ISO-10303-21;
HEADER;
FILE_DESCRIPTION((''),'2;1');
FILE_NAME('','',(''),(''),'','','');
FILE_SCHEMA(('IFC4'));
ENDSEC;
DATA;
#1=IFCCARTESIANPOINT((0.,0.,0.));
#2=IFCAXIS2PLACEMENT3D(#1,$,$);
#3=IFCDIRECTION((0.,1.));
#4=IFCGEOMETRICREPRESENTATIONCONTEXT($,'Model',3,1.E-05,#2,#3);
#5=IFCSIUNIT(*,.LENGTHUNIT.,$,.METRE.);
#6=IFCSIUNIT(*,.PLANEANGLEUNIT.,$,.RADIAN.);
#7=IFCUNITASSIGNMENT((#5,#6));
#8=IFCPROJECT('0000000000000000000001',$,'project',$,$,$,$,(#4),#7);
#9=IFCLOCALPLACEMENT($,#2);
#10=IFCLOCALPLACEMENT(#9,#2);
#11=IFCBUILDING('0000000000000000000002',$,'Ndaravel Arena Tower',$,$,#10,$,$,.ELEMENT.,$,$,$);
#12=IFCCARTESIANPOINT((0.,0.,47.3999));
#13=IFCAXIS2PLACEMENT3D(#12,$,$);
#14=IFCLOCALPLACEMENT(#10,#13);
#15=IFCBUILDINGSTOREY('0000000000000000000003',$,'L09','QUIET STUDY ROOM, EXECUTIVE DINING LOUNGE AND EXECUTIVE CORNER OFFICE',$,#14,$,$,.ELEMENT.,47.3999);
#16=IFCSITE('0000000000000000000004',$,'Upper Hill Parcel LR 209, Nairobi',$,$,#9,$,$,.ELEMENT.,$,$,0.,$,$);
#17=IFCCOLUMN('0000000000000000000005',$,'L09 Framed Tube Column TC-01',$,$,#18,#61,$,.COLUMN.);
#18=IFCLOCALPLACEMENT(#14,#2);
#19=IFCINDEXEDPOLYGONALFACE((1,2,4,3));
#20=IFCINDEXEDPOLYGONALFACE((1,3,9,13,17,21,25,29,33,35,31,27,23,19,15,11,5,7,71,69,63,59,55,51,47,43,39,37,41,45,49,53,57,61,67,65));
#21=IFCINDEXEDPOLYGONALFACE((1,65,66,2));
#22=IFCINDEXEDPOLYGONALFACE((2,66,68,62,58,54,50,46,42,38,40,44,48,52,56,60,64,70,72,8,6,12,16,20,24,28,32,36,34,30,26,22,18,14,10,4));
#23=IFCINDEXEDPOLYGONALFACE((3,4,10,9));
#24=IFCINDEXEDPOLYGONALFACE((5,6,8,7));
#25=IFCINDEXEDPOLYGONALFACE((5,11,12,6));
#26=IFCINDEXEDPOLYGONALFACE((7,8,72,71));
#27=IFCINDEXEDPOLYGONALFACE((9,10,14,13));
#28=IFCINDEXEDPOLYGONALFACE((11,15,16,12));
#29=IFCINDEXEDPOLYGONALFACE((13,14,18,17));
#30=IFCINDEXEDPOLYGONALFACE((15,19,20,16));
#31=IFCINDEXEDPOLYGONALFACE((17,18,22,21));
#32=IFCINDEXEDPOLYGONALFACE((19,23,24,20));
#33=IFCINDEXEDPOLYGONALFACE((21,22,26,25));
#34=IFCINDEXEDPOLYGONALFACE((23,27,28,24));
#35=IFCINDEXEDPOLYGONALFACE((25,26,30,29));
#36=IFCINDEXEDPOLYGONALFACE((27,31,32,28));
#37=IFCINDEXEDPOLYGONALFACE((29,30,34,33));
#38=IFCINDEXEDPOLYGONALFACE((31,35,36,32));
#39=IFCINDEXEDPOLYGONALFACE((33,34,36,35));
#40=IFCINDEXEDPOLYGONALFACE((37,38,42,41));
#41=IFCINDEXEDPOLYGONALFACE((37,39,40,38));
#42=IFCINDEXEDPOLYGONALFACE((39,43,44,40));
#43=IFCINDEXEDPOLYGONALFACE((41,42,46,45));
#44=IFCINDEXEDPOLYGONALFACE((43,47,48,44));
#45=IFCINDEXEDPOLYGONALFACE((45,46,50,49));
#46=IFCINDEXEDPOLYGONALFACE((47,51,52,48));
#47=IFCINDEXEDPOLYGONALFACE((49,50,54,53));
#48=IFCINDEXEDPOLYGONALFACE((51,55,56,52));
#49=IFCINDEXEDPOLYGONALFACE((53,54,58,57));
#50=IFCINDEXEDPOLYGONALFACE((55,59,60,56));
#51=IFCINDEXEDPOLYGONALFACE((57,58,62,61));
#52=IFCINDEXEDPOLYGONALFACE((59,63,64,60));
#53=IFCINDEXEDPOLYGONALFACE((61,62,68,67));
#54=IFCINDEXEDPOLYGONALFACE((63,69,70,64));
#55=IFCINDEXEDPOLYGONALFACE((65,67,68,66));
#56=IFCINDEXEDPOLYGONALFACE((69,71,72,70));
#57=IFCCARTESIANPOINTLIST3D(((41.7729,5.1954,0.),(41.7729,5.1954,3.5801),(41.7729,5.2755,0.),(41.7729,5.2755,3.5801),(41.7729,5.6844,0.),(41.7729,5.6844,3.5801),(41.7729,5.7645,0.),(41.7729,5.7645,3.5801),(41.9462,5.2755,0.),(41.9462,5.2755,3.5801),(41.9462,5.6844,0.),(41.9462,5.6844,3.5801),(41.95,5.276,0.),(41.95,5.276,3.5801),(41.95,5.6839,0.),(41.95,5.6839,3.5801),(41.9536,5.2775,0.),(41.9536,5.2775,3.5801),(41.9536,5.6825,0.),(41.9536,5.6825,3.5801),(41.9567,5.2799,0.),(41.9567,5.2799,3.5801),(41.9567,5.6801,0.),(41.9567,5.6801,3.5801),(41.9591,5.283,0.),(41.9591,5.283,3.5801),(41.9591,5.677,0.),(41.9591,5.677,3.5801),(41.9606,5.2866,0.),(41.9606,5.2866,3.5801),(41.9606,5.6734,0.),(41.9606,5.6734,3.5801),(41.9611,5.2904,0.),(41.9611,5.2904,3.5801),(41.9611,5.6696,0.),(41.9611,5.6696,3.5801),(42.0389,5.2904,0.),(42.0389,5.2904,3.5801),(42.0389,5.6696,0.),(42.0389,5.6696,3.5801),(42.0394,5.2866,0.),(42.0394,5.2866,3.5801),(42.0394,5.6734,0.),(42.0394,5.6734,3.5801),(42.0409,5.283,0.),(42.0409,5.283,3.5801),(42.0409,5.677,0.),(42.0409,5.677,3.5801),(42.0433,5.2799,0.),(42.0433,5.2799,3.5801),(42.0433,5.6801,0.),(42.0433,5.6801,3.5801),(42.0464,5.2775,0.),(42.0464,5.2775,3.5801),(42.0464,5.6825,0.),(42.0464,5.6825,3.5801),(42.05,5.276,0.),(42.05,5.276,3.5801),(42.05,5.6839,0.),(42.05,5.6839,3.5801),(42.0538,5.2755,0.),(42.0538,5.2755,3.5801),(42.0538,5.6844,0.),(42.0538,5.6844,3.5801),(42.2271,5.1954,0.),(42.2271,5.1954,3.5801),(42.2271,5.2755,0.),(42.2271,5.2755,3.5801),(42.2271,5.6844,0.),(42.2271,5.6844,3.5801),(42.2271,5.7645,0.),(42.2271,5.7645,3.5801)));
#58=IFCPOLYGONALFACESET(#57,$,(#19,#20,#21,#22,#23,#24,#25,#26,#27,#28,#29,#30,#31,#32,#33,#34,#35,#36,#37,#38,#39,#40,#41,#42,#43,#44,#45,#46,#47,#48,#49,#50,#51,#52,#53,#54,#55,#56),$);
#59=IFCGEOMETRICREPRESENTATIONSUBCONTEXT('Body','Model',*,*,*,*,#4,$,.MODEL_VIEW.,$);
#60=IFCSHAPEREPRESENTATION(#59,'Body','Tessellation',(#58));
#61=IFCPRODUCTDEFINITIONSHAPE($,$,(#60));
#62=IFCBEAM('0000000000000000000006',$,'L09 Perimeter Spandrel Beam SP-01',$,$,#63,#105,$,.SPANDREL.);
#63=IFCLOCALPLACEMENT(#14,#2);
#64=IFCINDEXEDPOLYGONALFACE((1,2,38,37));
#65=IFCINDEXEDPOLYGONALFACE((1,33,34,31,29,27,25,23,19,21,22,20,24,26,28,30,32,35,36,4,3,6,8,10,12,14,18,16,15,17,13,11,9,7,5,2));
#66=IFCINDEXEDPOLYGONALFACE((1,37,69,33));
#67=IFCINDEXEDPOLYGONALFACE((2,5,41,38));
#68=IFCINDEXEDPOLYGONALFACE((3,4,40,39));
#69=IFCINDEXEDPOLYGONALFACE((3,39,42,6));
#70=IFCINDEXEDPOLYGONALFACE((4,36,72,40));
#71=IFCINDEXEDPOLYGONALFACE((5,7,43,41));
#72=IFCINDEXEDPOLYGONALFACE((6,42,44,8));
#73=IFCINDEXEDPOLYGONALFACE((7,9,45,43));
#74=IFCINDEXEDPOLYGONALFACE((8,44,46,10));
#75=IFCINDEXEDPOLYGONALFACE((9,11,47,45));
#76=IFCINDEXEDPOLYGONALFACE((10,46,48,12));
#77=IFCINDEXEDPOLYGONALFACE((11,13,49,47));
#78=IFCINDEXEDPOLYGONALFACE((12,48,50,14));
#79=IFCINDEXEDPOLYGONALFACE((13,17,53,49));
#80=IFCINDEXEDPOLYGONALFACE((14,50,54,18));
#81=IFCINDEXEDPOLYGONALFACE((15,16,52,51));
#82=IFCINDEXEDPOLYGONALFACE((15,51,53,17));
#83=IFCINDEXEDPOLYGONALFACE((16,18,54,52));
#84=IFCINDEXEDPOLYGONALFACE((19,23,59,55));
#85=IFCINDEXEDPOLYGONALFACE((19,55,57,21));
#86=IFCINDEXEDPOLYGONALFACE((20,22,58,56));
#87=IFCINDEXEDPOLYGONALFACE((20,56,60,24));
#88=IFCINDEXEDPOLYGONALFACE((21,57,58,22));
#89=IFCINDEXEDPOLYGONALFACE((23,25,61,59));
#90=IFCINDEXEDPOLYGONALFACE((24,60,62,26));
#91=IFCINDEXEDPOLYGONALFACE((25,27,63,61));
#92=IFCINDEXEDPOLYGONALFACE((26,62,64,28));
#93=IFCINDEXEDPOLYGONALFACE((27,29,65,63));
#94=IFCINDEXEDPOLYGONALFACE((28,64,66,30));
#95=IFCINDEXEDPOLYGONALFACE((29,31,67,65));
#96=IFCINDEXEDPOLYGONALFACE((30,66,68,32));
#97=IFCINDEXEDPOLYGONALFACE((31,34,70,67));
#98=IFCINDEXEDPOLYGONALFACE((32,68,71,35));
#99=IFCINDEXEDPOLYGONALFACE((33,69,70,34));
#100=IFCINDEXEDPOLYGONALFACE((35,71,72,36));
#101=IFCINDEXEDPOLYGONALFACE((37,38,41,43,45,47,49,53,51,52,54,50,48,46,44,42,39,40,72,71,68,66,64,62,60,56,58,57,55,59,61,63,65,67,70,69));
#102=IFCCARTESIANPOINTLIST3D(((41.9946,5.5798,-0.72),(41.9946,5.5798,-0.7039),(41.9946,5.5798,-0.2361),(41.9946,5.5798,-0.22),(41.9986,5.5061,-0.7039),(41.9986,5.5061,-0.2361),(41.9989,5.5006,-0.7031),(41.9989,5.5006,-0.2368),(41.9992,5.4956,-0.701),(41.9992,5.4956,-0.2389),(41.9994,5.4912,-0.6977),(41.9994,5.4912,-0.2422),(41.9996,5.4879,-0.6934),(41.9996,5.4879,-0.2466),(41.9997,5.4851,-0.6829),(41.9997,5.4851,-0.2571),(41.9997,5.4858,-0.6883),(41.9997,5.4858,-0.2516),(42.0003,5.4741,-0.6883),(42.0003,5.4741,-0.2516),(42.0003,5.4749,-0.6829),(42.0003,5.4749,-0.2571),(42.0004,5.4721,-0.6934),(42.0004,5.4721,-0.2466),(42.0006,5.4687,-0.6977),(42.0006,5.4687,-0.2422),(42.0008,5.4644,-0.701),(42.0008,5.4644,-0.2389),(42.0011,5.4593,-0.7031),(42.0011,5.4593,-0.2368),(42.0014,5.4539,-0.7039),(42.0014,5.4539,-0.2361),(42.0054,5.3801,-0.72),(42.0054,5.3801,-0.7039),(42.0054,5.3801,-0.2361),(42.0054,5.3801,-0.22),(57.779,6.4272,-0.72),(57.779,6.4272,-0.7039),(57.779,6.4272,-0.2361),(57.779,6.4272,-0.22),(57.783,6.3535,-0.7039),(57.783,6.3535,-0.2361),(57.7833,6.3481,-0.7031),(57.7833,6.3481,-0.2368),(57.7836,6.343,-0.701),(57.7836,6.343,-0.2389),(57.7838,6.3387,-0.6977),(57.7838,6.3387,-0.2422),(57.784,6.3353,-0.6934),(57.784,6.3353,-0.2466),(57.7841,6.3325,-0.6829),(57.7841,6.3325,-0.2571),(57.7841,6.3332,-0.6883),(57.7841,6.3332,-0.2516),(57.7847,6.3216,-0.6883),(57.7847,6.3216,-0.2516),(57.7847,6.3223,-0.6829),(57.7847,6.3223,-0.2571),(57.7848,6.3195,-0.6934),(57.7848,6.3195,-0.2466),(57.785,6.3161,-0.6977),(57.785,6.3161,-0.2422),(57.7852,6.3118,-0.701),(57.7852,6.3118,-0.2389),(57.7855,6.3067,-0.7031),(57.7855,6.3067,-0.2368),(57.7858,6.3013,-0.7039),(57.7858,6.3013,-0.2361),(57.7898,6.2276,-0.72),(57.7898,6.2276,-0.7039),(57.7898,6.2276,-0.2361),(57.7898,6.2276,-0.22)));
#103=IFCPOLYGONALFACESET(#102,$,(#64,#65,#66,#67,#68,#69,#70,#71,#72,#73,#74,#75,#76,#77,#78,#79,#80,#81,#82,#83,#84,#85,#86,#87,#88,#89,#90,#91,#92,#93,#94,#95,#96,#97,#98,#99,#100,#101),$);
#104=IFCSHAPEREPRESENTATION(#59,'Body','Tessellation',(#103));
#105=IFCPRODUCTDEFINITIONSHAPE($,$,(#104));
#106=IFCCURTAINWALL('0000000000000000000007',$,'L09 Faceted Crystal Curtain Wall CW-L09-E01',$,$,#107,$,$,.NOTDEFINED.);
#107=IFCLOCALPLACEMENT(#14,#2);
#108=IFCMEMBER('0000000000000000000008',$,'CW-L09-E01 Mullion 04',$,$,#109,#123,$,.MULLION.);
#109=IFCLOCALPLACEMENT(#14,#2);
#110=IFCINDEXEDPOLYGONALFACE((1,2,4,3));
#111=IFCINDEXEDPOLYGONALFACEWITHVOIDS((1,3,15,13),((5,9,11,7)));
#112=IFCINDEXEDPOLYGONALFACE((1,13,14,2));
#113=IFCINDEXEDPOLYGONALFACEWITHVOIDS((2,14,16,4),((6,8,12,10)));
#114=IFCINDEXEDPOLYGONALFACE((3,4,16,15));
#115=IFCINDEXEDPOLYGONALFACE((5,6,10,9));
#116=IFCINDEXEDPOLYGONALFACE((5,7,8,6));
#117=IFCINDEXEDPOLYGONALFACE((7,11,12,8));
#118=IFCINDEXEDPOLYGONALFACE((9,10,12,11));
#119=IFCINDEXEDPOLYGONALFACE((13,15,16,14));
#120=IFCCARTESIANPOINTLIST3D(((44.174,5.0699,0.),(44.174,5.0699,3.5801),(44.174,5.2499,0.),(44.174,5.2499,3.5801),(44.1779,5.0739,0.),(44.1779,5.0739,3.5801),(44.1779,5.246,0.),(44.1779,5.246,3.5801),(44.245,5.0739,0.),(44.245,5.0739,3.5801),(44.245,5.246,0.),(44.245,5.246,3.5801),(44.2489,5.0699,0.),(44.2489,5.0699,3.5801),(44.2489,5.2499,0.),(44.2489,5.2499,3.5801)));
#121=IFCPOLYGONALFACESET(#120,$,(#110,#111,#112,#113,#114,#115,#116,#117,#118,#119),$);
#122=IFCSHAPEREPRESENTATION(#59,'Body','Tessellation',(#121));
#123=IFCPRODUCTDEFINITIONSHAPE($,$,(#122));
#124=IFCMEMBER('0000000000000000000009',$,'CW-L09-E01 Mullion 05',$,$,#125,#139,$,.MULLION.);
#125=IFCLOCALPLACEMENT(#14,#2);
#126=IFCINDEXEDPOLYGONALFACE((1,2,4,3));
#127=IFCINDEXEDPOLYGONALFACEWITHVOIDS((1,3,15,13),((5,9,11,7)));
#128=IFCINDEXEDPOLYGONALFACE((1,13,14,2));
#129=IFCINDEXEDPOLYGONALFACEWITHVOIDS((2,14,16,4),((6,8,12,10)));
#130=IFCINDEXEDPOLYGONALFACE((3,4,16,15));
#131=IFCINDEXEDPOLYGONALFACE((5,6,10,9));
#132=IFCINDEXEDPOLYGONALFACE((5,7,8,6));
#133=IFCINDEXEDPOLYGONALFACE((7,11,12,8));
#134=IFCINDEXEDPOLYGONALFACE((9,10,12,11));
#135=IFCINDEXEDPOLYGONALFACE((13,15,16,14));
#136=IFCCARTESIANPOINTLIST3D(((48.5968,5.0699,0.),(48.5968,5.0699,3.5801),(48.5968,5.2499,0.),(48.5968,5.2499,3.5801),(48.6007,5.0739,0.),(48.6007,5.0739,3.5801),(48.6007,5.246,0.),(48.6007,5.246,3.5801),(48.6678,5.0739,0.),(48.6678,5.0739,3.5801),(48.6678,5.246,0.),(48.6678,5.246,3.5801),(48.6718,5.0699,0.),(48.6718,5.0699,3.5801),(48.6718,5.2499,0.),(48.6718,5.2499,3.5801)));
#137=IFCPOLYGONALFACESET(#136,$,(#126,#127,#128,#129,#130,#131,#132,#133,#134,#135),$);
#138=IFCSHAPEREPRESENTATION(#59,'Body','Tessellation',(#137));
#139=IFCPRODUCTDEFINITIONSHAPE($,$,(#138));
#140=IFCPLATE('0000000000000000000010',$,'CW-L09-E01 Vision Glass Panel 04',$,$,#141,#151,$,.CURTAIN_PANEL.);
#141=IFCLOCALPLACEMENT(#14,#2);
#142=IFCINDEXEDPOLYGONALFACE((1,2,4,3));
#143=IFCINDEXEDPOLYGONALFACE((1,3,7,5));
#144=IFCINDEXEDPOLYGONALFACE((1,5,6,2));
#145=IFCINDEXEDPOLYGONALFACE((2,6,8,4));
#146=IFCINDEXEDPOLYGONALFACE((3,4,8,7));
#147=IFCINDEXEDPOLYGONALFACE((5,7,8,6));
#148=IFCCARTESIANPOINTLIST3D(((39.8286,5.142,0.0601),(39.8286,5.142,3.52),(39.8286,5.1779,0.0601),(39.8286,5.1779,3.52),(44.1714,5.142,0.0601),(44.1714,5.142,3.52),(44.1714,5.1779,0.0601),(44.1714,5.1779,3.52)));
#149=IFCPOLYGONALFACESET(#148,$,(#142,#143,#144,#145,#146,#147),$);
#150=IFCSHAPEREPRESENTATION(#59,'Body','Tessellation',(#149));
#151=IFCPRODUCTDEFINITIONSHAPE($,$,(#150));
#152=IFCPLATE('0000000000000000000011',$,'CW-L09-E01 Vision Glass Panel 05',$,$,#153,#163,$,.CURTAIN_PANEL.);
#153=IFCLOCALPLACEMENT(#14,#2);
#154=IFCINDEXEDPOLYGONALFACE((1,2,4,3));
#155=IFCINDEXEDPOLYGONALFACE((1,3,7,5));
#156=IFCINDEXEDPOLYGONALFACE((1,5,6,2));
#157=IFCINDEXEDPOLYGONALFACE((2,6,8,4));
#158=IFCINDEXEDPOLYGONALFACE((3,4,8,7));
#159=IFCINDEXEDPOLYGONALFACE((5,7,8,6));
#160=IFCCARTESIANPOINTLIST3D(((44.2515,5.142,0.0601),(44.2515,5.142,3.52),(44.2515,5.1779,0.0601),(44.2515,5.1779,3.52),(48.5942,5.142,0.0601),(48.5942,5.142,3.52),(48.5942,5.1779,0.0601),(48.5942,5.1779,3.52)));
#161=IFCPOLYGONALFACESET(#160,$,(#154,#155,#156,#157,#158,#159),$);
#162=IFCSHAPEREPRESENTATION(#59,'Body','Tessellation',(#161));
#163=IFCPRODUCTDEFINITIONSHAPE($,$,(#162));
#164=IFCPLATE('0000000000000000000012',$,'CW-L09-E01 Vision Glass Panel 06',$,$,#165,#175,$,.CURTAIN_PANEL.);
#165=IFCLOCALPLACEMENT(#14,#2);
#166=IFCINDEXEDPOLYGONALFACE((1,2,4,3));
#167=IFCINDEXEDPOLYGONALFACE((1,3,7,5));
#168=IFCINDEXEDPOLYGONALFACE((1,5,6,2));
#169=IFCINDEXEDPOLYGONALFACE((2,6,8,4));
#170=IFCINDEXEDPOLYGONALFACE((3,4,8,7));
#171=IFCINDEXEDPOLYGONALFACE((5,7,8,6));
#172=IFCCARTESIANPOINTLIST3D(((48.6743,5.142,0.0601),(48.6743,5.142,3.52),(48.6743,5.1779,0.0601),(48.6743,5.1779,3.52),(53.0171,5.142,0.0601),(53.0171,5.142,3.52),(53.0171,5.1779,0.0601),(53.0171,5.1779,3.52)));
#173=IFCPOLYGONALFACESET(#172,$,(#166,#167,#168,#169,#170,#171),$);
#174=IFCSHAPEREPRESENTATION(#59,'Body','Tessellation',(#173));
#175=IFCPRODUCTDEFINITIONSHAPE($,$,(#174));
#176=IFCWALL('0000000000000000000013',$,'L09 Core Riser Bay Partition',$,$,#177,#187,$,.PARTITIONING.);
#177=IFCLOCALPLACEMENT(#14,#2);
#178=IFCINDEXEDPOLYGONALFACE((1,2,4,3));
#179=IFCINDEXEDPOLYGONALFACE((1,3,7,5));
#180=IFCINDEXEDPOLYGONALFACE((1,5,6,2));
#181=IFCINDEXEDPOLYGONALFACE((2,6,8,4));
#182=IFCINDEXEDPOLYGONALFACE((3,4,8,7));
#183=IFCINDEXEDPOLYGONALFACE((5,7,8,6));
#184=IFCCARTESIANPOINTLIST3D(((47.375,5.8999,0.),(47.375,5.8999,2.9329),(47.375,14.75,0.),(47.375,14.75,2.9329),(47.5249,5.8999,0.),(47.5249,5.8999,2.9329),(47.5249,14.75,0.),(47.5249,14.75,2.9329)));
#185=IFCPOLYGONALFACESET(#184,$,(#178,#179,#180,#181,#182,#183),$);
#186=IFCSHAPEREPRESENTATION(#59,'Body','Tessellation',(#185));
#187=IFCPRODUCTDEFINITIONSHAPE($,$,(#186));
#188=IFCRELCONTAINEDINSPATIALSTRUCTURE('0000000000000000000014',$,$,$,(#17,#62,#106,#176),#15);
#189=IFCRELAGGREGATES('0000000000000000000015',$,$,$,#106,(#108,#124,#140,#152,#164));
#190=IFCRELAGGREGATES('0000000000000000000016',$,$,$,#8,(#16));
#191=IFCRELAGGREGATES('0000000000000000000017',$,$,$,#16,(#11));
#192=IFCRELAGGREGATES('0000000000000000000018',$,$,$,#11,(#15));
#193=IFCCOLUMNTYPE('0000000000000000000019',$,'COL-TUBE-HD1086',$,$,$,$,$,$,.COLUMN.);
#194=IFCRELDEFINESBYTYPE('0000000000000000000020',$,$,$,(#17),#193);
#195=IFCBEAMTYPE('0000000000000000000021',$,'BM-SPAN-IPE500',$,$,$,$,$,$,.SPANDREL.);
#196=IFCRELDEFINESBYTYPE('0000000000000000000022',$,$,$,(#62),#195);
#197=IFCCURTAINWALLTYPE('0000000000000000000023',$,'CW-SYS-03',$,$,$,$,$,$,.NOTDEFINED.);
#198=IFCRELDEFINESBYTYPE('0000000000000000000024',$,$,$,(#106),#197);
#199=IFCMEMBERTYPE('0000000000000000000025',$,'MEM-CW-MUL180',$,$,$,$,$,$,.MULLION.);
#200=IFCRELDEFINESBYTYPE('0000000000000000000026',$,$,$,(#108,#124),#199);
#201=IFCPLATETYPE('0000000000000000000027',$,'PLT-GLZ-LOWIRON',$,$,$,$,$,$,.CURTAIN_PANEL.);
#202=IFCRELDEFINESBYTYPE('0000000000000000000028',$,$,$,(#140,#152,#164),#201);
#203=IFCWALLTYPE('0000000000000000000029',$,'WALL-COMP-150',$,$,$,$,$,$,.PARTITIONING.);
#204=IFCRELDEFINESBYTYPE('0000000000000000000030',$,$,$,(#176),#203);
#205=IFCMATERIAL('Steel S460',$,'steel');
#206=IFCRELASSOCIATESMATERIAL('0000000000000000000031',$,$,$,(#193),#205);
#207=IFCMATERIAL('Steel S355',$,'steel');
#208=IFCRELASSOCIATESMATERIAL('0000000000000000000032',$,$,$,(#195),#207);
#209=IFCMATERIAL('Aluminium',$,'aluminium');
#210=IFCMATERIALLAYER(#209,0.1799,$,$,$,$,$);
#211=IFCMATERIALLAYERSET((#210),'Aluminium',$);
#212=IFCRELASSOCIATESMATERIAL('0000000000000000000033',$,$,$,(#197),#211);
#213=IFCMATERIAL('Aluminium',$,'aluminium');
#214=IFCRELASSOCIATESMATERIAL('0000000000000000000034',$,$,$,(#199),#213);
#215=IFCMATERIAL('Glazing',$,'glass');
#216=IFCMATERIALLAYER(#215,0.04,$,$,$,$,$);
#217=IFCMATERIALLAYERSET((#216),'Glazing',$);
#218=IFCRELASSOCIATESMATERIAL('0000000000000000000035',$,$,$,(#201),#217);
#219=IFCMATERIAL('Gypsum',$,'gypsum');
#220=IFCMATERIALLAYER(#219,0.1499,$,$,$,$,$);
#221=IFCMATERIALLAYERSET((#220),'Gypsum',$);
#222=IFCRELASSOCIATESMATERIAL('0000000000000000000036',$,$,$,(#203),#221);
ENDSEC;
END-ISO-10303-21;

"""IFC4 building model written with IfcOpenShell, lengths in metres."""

from ifc_helpers import new_model, si_unit, direction, frame, frame_2d, origin, origin_2d, place, context, subcontext, project, spatial, rectangle, hollow_rectangle, i_section, extrude, material, layer, layer_set, material_profile, profile_set, type_object, element, aggregate, save


model = new_model("IFC4")

# Units and contexts
model_context = context("Model", 3, precision=1e-05, world=origin(), true_north=direction((0.0, 1.0)))
body_context = subcontext(model_context, "Body", "Model", "MODEL_VIEW")
ifc_project = project(units=[si_unit("LENGTHUNIT", "METRE"), si_unit("PLANEANGLEUNIT", "RADIAN")], contexts=[model_context])

# Site, building, storey
site_placement = place(None, origin())
site = spatial("IfcSite", under=ifc_project, at=site_placement, Name="Upper Hill Parcel LR 209, Nairobi", CompositionType="ELEMENT", RefElevation=0.0)
building_placement = place(site_placement, origin())
building = spatial("IfcBuilding", under=site, at=building_placement, Name="Ndaravel Arena Tower", CompositionType="ELEMENT")
storey_placement = place(building_placement, frame((0.0, 0.0, 47.3999)))
storey = spatial("IfcBuildingStorey", under=building, at=storey_placement, Name="L09", Description="QUIET STUDY ROOM, EXECUTIVE DINING LOUNGE AND EXECUTIVE CORNER OFFICE", CompositionType="ELEMENT", Elevation=47.3999)

# Column
ifc_material_1 = material(Name="Steel S460", Category="steel")
ifc_material_profile_1 = material_profile(ifc_material_1, i_section(OverallWidth=0.4541, OverallDepth=0.5691, WebThickness=0.0779, FlangeThickness=0.0801, FilletRadius=0.0149, at=origin_2d()), Name="HD 400x1086")
ifc_profile_set_1 = profile_set([ifc_material_profile_1], Name="Steel S460")
column_type = type_object("IfcColumnType", Name="COL-TUBE-HD1086", PredefinedType="COLUMN", material=ifc_profile_set_1)
column_placement = place(storey_placement, frame((42.0, 5.48, 0.0), z_axis=(0.0, 0.0, 1.0), x_axis=(1.0, 0.0, 0.0)))
element("IfcColumn", 1, at=column_placement, inside=storey, type_object=column_type, Name="L09 Framed Tube Column TC-01", PredefinedType="COLUMN", context=body_context, shape_type="SweptSolid", body=[
    extrude(i_section(OverallWidth=0.4541, OverallDepth=0.5691, WebThickness=0.0779, FlangeThickness=0.0801, FilletRadius=0.0149, at=origin_2d()), origin(), (0.0, 0.0, 1.0), 3.5801),
])

# Beam
ifc_material_2 = material(Name="Steel S355", Category="steel")
ifc_material_profile_2 = material_profile(ifc_material_2, i_section(OverallWidth=0.2, OverallDepth=0.5, WebThickness=0.0103, FlangeThickness=0.0161, FilletRadius=0.021, at=origin_2d()), Name="IPE 500")
ifc_profile_set_2 = profile_set([ifc_material_profile_2], Name="Steel S355")
beam_type = type_object("IfcBeamType", Name="BM-SPAN-IPE500", PredefinedType="SPANDREL", material=ifc_profile_set_2)
beam_placement = place(storey_placement, frame((42.0, 5.48, -0.47), z_axis=(0.998562, 0.053609, 0.0), x_axis=(-0.053609, 0.998562, 0.0)))
element("IfcBeam", 2, at=beam_placement, inside=storey, type_object=beam_type, Name="L09 Perimeter Spandrel Beam SP-01", PredefinedType="SPANDREL", context=body_context, shape_type="SweptSolid", body=[
    extrude(i_section(OverallWidth=0.2, OverallDepth=0.5, WebThickness=0.0103, FlangeThickness=0.0161, FilletRadius=0.021, at=origin_2d()), origin(), (0.0, 0.0, 1.0), 15.8071),
])

# Curtain wall, members, plates
ifc_material_3 = material(Name="Aluminium", Category="aluminium")
ifc_layer_1 = layer(ifc_material_3, 0.1799)
ifc_layer_set_1 = layer_set([ifc_layer_1], Name="Aluminium")
curtain_wall_type = type_object("IfcCurtainWallType", Name="CW-SYS-03", PredefinedType="NOTDEFINED", material=ifc_layer_set_1)
curtain_wall_placement = place(storey_placement, origin())
curtain_wall = element("IfcCurtainWall", 3, at=curtain_wall_placement, inside=storey, type_object=curtain_wall_type, Name="L09 Faceted Crystal Curtain Wall CW-L09-E01", PredefinedType="NOTDEFINED")
ifc_material_4 = material(Name="Aluminium", Category="aluminium")
ifc_material_profile_3 = material_profile(ifc_material_4, hollow_rectangle(XDim=0.075, YDim=0.1799, WallThickness=0.0039, at=origin_2d()), Name="CW MULLION 75x180x4")
ifc_profile_set_3 = profile_set([ifc_material_profile_3], Name="Aluminium")
member_type = type_object("IfcMemberType", Name="MEM-CW-MUL180", PredefinedType="MULLION", material=ifc_profile_set_3)
member_1_placement = place(storey_placement, frame((44.2114, 5.1599, 0.0), z_axis=(0.0, 0.0, 1.0), x_axis=(1.0, 0.0, 0.0)))
member_1 = element("IfcMember", 4, at=member_1_placement, type_object=member_type, Name="CW-L09-E01 Mullion 04", PredefinedType="MULLION", context=body_context, shape_type="SweptSolid", body=[
    extrude(hollow_rectangle(XDim=0.075, YDim=0.1799, WallThickness=0.0039, at=origin_2d()), origin(), (0.0, 0.0, 1.0), 3.5801),
])
member_2_placement = place(storey_placement, frame((48.6343, 5.1599, 0.0), z_axis=(0.0, 0.0, 1.0), x_axis=(1.0, 0.0, 0.0)))
member_2 = element("IfcMember", 5, at=member_2_placement, type_object=member_type, Name="CW-L09-E01 Mullion 05", PredefinedType="MULLION", context=body_context, shape_type="SweptSolid", body=[
    extrude(hollow_rectangle(XDim=0.075, YDim=0.1799, WallThickness=0.0039, at=origin_2d()), origin(), (0.0, 0.0, 1.0), 3.5801),
])
ifc_material_5 = material(Name="Glazing", Category="glass")
ifc_layer_2 = layer(ifc_material_5, 0.04)
ifc_layer_set_2 = layer_set([ifc_layer_2], Name="Glazing")
plate_type = type_object("IfcPlateType", Name="PLT-GLZ-LOWIRON", PredefinedType="CURTAIN_PANEL", material=ifc_layer_set_2)
plate_1_placement = place(storey_placement, frame((42.0, 5.1599, 0.0601), z_axis=(0.0, 0.0, 1.0), x_axis=(1.0, 0.0, 0.0)))
plate_1 = element("IfcPlate", 6, at=plate_1_placement, type_object=plate_type, Name="CW-L09-E01 Vision Glass Panel 04", PredefinedType="CURTAIN_PANEL", context=body_context, shape_type="SweptSolid", body=[
    extrude(rectangle(XDim=4.3428, YDim=0.0359, at=origin_2d()), origin(), (0.0, 0.0, 1.0), 3.46),
])
plate_2_placement = place(storey_placement, frame((46.4229, 5.1599, 0.0601), z_axis=(0.0, 0.0, 1.0), x_axis=(1.0, 0.0, 0.0)))
plate_2 = element("IfcPlate", 7, at=plate_2_placement, type_object=plate_type, Name="CW-L09-E01 Vision Glass Panel 05", PredefinedType="CURTAIN_PANEL", context=body_context, shape_type="SweptSolid", body=[
    extrude(rectangle(XDim=4.3428, YDim=0.0359, at=origin_2d()), origin(), (0.0, 0.0, 1.0), 3.46),
])
plate_3_placement = place(storey_placement, frame((50.8457, 5.1599, 0.0601), z_axis=(0.0, 0.0, 1.0), x_axis=(1.0, 0.0, 0.0)))
plate_3 = element("IfcPlate", 8, at=plate_3_placement, type_object=plate_type, Name="CW-L09-E01 Vision Glass Panel 06", PredefinedType="CURTAIN_PANEL", context=body_context, shape_type="SweptSolid", body=[
    extrude(rectangle(XDim=4.3428, YDim=0.0359, at=origin_2d()), origin(), (0.0, 0.0, 1.0), 3.46),
])
aggregate(curtain_wall, [member_1, member_2, plate_1, plate_2, plate_3])

# Wall
ifc_material_6 = material(Name="Gypsum", Category="gypsum")
ifc_layer_3 = layer(ifc_material_6, 0.1499)
ifc_layer_set_3 = layer_set([ifc_layer_3], Name="Gypsum")
wall_type_1 = type_object("IfcWallType", Name="WALL-COMP-150", PredefinedType="PARTITIONING", material=ifc_layer_set_3)
wall_1_placement = place(storey_placement, frame((47.45, 5.8999, 0.0), z_axis=(0.0, 0.0, 1.0), x_axis=(0.0, 1.0, 0.0)))
element("IfcWall", 9, at=wall_1_placement, inside=storey, type_object=wall_type_1, Name="L09 Core Riser Bay Partition", PredefinedType="PARTITIONING", context=body_context, shape_type="SweptSolid", body=[
    extrude(rectangle(XDim=8.8501, YDim=0.1499, at=frame_2d((4.425, 0.0))), origin(), (0.0, 0.0, 1.0), 2.9329),
])

save(model, "model.ifc")
